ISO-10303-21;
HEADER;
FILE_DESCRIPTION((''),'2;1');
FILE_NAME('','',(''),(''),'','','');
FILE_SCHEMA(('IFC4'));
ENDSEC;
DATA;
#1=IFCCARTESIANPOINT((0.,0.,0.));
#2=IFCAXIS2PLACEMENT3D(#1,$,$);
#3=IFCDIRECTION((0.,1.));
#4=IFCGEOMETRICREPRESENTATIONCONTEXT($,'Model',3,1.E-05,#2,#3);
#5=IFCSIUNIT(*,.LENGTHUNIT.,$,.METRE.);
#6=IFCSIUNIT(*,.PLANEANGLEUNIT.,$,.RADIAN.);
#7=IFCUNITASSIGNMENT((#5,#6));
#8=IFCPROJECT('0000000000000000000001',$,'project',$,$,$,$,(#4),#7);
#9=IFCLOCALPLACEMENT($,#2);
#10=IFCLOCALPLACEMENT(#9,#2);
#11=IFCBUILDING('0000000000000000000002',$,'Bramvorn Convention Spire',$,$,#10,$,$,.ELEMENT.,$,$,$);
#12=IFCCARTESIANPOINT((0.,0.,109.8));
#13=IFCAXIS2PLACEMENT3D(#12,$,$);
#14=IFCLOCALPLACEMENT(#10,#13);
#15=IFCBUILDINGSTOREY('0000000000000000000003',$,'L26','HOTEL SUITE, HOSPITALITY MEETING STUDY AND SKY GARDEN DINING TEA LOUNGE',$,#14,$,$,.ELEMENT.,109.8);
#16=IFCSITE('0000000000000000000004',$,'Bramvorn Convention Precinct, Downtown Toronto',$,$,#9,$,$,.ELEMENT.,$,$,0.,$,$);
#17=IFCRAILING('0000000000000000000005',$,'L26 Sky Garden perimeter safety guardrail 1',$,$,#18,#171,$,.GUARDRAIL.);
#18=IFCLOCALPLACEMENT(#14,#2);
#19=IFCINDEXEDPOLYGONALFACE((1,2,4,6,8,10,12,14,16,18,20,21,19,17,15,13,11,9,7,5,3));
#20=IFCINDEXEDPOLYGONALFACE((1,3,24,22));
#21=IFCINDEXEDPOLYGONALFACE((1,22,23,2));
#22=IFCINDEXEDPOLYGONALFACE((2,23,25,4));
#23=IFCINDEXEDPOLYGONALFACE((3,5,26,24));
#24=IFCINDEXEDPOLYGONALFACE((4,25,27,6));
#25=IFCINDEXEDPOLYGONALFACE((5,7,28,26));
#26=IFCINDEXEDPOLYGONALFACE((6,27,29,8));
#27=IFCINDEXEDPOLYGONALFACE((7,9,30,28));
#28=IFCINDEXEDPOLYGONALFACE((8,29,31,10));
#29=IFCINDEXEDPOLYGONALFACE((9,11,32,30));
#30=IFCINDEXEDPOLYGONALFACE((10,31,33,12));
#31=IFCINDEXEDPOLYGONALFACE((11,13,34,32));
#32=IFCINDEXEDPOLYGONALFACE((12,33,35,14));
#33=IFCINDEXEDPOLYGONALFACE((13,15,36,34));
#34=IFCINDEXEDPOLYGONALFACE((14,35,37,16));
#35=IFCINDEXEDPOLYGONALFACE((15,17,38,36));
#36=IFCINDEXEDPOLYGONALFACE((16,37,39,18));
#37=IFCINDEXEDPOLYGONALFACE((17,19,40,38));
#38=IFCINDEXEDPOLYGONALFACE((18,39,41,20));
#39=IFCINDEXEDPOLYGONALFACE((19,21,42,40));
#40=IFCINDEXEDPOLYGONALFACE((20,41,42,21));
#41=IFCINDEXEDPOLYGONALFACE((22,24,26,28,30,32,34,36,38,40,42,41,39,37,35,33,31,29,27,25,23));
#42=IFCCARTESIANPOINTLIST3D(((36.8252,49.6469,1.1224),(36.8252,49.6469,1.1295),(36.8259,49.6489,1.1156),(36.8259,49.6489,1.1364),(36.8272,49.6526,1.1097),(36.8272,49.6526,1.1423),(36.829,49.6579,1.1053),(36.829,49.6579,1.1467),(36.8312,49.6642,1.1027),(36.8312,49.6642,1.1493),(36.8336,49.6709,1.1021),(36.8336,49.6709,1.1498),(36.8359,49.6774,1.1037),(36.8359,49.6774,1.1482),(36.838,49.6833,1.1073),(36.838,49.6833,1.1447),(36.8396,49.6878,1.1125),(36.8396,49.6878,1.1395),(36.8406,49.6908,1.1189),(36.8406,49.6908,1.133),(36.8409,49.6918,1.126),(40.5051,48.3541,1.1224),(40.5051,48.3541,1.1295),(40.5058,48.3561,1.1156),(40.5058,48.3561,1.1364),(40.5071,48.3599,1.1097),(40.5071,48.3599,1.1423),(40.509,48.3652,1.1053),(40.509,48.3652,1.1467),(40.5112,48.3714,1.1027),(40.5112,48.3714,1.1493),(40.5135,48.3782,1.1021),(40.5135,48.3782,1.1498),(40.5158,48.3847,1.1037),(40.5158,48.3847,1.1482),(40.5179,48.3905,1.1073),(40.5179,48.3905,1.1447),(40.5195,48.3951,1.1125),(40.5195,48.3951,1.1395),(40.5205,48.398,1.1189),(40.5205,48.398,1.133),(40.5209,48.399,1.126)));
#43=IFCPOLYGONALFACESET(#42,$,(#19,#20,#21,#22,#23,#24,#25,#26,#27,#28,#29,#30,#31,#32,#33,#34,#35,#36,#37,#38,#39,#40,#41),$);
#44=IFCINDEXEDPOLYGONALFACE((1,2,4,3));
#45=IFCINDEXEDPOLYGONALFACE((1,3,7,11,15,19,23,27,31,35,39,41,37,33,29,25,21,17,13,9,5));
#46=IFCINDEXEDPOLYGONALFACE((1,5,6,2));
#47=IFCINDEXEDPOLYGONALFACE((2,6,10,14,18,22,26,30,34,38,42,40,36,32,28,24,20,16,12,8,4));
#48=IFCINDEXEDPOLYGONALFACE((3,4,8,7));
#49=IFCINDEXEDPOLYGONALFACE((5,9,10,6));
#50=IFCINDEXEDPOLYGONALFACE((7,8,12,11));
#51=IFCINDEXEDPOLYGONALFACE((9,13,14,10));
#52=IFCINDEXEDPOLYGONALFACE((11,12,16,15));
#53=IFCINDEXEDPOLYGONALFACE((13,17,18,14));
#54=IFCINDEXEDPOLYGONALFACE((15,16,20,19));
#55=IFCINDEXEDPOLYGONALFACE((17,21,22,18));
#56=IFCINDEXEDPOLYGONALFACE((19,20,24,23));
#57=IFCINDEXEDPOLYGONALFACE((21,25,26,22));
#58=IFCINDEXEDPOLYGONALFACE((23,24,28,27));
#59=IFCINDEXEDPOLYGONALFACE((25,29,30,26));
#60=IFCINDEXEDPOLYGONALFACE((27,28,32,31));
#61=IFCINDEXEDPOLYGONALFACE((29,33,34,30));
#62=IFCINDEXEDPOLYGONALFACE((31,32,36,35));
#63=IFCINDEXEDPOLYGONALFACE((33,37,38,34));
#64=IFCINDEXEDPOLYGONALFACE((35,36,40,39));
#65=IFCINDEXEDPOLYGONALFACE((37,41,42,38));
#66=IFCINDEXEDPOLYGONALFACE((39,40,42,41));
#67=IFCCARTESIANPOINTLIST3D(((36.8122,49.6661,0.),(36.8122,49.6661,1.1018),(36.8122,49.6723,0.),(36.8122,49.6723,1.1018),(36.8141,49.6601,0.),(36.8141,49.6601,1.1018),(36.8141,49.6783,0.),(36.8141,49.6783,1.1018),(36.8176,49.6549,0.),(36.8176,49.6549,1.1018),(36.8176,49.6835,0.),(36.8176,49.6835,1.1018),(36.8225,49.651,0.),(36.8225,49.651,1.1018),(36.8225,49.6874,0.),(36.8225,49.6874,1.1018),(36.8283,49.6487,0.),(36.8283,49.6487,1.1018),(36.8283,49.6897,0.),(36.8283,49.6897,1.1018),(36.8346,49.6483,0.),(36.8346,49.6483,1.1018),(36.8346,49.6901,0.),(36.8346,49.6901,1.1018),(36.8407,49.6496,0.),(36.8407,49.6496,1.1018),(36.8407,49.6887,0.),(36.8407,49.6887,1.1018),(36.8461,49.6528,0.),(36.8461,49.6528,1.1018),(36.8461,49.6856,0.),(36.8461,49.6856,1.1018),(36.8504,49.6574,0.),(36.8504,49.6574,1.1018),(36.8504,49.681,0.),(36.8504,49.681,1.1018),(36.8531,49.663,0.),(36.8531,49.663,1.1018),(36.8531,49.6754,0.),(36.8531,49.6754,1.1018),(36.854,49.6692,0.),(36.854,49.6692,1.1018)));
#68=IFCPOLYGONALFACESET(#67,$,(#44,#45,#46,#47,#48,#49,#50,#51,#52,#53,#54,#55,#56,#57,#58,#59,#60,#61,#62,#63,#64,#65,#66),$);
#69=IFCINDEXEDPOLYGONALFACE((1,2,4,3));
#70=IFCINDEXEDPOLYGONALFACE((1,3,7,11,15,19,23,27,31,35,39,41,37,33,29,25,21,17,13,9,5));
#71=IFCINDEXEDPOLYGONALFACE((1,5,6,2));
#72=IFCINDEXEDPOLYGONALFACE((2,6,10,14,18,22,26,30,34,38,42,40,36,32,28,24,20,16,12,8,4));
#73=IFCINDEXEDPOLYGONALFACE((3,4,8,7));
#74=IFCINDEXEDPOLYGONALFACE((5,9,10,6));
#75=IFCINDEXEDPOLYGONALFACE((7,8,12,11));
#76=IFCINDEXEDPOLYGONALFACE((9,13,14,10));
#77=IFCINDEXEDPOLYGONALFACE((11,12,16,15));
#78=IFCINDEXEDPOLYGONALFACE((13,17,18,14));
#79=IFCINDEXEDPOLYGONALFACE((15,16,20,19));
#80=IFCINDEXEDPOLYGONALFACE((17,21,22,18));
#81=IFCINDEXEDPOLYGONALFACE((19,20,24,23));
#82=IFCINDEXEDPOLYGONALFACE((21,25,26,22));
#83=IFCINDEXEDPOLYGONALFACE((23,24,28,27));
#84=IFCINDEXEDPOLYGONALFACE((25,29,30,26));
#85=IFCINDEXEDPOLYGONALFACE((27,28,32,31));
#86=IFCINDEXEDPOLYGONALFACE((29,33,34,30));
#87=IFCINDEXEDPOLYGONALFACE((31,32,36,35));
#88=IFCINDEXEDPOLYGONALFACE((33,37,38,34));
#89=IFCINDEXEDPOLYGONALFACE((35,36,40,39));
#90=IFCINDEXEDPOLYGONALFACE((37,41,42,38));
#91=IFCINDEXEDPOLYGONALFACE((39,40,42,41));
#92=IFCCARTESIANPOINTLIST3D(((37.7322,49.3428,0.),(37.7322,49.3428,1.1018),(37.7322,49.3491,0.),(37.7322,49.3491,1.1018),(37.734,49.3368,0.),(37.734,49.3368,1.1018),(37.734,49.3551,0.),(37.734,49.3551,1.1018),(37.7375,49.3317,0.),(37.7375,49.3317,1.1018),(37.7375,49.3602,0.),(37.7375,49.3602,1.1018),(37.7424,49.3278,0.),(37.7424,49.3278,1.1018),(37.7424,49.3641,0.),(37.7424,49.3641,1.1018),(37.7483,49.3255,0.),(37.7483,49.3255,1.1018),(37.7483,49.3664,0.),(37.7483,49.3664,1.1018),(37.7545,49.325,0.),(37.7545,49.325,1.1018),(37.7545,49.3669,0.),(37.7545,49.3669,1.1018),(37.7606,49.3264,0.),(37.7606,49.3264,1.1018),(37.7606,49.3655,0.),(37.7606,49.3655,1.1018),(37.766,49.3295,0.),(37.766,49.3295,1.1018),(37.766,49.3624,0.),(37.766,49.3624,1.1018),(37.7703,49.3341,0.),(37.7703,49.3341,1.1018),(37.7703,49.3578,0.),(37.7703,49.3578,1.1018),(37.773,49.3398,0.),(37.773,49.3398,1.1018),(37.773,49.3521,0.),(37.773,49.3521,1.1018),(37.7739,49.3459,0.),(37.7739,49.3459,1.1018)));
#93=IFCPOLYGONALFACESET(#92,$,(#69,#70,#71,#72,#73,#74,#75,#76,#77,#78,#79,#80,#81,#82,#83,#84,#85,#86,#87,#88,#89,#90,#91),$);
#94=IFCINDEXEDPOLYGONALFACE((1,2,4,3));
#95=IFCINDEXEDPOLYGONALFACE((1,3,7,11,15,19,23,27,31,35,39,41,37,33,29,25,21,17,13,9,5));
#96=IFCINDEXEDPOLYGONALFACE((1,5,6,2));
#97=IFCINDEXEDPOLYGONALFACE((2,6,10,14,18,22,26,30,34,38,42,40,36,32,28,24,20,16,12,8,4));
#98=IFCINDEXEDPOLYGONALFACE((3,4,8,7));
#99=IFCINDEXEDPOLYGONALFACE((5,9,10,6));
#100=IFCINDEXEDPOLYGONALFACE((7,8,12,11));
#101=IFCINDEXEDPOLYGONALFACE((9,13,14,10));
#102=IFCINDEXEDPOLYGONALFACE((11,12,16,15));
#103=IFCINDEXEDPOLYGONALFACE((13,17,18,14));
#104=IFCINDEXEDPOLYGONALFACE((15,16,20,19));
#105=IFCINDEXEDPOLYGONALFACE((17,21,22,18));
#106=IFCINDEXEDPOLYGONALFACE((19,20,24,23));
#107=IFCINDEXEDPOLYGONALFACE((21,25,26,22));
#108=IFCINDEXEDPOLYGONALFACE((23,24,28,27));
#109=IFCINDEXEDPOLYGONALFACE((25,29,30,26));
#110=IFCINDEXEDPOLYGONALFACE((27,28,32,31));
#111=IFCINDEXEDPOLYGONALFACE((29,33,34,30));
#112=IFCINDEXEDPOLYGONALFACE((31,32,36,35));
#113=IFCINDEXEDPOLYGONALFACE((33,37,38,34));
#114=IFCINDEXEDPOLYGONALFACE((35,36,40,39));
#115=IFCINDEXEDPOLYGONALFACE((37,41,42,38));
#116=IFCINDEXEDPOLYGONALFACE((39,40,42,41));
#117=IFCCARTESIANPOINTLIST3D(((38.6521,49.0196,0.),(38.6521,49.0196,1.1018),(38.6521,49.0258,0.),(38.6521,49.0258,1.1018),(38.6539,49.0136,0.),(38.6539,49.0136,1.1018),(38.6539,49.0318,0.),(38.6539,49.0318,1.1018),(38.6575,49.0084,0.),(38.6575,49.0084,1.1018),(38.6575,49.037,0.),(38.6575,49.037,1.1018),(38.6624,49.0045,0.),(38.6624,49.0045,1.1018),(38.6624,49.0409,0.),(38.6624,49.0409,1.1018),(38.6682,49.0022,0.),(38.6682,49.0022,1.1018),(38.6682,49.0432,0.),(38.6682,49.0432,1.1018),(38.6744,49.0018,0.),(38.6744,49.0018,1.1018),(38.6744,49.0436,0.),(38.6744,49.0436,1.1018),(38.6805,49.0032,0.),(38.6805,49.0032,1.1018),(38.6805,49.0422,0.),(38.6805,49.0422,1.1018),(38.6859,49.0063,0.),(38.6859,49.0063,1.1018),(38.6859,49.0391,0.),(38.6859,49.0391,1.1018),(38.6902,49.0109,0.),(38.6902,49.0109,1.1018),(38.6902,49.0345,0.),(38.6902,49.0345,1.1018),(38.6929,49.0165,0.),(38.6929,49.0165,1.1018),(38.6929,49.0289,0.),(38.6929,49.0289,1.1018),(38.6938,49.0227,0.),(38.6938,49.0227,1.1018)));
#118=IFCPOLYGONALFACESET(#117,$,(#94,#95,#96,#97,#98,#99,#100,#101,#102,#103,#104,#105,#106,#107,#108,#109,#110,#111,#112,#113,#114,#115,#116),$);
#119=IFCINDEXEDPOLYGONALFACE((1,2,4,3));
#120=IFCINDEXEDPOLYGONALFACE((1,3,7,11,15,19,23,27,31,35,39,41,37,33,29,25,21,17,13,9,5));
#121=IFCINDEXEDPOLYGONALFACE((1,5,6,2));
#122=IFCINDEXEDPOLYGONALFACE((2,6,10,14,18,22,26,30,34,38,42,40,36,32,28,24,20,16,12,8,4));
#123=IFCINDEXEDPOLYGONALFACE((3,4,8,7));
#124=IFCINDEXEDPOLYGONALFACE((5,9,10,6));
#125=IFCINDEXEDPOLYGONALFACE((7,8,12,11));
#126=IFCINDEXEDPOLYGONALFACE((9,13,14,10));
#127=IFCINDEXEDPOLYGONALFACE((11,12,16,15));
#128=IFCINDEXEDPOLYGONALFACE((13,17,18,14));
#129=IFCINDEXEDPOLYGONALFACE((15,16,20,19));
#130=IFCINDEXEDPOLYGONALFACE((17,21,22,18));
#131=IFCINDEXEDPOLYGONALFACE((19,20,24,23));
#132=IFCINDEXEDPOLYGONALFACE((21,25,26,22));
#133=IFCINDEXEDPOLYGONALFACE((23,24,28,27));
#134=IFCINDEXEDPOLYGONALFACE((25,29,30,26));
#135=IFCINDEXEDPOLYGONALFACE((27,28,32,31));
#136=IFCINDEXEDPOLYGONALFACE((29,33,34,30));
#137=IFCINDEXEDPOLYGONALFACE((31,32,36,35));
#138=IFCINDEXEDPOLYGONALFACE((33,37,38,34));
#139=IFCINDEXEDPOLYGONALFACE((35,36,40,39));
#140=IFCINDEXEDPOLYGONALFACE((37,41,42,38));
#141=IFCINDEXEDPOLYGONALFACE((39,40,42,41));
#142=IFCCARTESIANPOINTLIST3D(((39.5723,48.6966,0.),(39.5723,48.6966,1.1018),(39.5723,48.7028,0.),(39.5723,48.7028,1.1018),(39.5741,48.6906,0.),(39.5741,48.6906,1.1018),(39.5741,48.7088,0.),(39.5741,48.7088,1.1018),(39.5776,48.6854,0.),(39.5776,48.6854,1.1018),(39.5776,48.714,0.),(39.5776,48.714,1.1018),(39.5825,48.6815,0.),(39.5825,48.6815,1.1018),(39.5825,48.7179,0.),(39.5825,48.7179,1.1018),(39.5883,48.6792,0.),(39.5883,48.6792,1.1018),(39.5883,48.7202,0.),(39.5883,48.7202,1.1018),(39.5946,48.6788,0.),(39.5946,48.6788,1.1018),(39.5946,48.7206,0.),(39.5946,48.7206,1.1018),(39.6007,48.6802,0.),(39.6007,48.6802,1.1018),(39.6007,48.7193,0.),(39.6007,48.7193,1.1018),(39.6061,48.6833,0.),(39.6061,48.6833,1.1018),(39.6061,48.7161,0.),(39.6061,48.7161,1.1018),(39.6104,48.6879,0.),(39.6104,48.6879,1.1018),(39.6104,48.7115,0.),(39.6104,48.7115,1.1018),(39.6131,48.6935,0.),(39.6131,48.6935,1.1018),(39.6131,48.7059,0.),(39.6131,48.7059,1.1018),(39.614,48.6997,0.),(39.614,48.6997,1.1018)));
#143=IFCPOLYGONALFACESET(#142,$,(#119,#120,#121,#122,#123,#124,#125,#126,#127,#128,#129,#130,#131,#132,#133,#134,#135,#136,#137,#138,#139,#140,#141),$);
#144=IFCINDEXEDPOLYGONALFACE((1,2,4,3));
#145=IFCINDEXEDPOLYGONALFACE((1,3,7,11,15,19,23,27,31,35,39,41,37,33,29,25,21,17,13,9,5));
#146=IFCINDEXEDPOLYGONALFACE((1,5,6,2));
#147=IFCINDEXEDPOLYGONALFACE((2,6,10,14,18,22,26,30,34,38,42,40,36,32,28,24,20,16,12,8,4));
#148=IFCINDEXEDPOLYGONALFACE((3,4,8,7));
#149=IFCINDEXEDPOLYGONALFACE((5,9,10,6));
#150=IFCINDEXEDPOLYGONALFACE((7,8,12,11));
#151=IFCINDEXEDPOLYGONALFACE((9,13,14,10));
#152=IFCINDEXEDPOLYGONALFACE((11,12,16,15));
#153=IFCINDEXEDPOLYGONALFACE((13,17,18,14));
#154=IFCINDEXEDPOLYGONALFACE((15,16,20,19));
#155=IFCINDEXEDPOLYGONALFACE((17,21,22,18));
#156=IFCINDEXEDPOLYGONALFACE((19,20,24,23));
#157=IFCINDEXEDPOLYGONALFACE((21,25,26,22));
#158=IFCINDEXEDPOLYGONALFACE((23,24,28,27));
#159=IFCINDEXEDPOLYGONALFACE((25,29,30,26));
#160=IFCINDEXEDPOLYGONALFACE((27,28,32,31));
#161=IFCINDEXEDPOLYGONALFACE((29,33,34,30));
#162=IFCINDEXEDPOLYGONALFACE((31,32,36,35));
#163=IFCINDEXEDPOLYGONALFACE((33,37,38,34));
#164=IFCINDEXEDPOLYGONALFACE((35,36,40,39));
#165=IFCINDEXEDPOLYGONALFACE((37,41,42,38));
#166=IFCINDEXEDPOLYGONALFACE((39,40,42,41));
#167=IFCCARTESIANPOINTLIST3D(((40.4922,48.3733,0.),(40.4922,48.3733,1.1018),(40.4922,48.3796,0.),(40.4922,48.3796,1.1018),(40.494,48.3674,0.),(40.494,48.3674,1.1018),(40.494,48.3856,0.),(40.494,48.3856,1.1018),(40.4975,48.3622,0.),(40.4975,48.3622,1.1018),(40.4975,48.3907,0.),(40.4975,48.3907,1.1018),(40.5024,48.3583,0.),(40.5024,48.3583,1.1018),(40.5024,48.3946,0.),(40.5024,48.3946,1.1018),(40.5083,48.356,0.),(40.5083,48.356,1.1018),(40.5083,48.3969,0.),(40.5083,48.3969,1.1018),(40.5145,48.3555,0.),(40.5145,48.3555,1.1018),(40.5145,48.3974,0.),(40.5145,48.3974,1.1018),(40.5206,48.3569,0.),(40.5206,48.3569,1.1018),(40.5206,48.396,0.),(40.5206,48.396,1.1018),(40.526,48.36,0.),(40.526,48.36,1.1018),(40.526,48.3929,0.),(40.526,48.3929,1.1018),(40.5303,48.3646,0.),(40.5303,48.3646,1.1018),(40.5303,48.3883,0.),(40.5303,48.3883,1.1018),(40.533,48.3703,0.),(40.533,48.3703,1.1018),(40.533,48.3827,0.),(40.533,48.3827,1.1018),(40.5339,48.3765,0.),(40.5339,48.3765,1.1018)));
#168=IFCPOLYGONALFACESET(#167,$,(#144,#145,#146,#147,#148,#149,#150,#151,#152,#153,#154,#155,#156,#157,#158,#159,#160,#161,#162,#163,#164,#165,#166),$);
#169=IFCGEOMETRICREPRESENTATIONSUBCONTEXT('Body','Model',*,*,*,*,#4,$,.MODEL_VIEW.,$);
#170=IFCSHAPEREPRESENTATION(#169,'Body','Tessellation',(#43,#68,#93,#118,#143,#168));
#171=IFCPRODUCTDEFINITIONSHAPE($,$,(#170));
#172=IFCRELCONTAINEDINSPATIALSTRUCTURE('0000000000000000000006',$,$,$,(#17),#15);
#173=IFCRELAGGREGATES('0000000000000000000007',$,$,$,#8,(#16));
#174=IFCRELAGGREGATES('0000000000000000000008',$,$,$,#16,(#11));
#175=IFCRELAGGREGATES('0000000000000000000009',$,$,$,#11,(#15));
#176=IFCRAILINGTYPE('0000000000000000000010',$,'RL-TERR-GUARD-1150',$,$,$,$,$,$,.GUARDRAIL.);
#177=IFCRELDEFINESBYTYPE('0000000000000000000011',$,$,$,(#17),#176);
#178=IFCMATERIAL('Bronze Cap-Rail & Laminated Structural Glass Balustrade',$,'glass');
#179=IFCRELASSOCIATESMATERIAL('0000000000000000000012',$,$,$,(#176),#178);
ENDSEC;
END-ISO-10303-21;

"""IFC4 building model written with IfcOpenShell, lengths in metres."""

from ifc_helpers import new_model, si_unit, direction, frame, origin, origin_2d, place, context, subcontext, project, spatial, circle, extrude, material, type_object, element, save


model = new_model("IFC4")

# Units and contexts
model_context = context("Model", 3, precision=1e-05, world=origin(), true_north=direction((0.0, 1.0)))
body_context = subcontext(model_context, "Body", "Model", "MODEL_VIEW")
ifc_project = project(units=[si_unit("LENGTHUNIT", "METRE"), si_unit("PLANEANGLEUNIT", "RADIAN")], contexts=[model_context])

# Site, building, storey
site_placement = place(None, origin())
site = spatial("IfcSite", under=ifc_project, at=site_placement, Name="Bramvorn Convention Precinct, Downtown Toronto", CompositionType="ELEMENT", RefElevation=0.0)
building_placement = place(site_placement, origin())
building = spatial("IfcBuilding", under=site, at=building_placement, Name="Bramvorn Convention Spire", CompositionType="ELEMENT")
storey_placement = place(building_placement, frame((0.0, 0.0, 109.8)))
storey = spatial("IfcBuildingStorey", under=building, at=storey_placement, Name="L26", Description="HOTEL SUITE, HOSPITALITY MEETING STUDY AND SKY GARDEN DINING TEA LOUNGE", CompositionType="ELEMENT", Elevation=109.8)

# Railing
ifc_material_1 = material(Name="Bronze Cap-Rail & Laminated Structural Glass Balustrade", Category="glass")
railing_type = type_object("IfcRailingType", Name="RL-TERR-GUARD-1150", PredefinedType="GUARDRAIL", material=ifc_material_1)
railing_1_placement = place(storey_placement, frame((36.833, 49.6692, 0.0)))
element("IfcRailing", 1, at=railing_1_placement, inside=storey, type_object=railing_type, Name="L26 Sky Garden perimeter safety guardrail 1", PredefinedType="GUARDRAIL", context=body_context, shape_type="SweptSolid", body=[
    extrude(circle(Radius=0.0239, at=origin_2d()), frame((0.0, 0.0, 1.126), z_axis=(0.943478, -0.331435, 0.0), x_axis=(0.331435, 0.943478, 0.0)), (0.0, 0.0, 1.0), 3.9004),
    extrude(circle(Radius=0.021, at=origin_2d()), origin(), (0.0, 0.0, 1.0), 1.1018),
    extrude(circle(Radius=0.021, at=origin_2d()), frame((0.9199, -0.3232, 0.0)), (0.0, 0.0, 1.0), 1.1018),
    extrude(circle(Radius=0.021, at=origin_2d()), frame((1.8398, -0.6465, 0.0)), (0.0, 0.0, 1.0), 1.1018),
    extrude(circle(Radius=0.021, at=origin_2d()), frame((2.76, -0.9695, 0.0)), (0.0, 0.0, 1.0), 1.1018),
    extrude(circle(Radius=0.021, at=origin_2d()), frame((3.6799, -1.2927, 0.0)), (0.0, 0.0, 1.0), 1.1018),
])

save(model, "model.ifc")
